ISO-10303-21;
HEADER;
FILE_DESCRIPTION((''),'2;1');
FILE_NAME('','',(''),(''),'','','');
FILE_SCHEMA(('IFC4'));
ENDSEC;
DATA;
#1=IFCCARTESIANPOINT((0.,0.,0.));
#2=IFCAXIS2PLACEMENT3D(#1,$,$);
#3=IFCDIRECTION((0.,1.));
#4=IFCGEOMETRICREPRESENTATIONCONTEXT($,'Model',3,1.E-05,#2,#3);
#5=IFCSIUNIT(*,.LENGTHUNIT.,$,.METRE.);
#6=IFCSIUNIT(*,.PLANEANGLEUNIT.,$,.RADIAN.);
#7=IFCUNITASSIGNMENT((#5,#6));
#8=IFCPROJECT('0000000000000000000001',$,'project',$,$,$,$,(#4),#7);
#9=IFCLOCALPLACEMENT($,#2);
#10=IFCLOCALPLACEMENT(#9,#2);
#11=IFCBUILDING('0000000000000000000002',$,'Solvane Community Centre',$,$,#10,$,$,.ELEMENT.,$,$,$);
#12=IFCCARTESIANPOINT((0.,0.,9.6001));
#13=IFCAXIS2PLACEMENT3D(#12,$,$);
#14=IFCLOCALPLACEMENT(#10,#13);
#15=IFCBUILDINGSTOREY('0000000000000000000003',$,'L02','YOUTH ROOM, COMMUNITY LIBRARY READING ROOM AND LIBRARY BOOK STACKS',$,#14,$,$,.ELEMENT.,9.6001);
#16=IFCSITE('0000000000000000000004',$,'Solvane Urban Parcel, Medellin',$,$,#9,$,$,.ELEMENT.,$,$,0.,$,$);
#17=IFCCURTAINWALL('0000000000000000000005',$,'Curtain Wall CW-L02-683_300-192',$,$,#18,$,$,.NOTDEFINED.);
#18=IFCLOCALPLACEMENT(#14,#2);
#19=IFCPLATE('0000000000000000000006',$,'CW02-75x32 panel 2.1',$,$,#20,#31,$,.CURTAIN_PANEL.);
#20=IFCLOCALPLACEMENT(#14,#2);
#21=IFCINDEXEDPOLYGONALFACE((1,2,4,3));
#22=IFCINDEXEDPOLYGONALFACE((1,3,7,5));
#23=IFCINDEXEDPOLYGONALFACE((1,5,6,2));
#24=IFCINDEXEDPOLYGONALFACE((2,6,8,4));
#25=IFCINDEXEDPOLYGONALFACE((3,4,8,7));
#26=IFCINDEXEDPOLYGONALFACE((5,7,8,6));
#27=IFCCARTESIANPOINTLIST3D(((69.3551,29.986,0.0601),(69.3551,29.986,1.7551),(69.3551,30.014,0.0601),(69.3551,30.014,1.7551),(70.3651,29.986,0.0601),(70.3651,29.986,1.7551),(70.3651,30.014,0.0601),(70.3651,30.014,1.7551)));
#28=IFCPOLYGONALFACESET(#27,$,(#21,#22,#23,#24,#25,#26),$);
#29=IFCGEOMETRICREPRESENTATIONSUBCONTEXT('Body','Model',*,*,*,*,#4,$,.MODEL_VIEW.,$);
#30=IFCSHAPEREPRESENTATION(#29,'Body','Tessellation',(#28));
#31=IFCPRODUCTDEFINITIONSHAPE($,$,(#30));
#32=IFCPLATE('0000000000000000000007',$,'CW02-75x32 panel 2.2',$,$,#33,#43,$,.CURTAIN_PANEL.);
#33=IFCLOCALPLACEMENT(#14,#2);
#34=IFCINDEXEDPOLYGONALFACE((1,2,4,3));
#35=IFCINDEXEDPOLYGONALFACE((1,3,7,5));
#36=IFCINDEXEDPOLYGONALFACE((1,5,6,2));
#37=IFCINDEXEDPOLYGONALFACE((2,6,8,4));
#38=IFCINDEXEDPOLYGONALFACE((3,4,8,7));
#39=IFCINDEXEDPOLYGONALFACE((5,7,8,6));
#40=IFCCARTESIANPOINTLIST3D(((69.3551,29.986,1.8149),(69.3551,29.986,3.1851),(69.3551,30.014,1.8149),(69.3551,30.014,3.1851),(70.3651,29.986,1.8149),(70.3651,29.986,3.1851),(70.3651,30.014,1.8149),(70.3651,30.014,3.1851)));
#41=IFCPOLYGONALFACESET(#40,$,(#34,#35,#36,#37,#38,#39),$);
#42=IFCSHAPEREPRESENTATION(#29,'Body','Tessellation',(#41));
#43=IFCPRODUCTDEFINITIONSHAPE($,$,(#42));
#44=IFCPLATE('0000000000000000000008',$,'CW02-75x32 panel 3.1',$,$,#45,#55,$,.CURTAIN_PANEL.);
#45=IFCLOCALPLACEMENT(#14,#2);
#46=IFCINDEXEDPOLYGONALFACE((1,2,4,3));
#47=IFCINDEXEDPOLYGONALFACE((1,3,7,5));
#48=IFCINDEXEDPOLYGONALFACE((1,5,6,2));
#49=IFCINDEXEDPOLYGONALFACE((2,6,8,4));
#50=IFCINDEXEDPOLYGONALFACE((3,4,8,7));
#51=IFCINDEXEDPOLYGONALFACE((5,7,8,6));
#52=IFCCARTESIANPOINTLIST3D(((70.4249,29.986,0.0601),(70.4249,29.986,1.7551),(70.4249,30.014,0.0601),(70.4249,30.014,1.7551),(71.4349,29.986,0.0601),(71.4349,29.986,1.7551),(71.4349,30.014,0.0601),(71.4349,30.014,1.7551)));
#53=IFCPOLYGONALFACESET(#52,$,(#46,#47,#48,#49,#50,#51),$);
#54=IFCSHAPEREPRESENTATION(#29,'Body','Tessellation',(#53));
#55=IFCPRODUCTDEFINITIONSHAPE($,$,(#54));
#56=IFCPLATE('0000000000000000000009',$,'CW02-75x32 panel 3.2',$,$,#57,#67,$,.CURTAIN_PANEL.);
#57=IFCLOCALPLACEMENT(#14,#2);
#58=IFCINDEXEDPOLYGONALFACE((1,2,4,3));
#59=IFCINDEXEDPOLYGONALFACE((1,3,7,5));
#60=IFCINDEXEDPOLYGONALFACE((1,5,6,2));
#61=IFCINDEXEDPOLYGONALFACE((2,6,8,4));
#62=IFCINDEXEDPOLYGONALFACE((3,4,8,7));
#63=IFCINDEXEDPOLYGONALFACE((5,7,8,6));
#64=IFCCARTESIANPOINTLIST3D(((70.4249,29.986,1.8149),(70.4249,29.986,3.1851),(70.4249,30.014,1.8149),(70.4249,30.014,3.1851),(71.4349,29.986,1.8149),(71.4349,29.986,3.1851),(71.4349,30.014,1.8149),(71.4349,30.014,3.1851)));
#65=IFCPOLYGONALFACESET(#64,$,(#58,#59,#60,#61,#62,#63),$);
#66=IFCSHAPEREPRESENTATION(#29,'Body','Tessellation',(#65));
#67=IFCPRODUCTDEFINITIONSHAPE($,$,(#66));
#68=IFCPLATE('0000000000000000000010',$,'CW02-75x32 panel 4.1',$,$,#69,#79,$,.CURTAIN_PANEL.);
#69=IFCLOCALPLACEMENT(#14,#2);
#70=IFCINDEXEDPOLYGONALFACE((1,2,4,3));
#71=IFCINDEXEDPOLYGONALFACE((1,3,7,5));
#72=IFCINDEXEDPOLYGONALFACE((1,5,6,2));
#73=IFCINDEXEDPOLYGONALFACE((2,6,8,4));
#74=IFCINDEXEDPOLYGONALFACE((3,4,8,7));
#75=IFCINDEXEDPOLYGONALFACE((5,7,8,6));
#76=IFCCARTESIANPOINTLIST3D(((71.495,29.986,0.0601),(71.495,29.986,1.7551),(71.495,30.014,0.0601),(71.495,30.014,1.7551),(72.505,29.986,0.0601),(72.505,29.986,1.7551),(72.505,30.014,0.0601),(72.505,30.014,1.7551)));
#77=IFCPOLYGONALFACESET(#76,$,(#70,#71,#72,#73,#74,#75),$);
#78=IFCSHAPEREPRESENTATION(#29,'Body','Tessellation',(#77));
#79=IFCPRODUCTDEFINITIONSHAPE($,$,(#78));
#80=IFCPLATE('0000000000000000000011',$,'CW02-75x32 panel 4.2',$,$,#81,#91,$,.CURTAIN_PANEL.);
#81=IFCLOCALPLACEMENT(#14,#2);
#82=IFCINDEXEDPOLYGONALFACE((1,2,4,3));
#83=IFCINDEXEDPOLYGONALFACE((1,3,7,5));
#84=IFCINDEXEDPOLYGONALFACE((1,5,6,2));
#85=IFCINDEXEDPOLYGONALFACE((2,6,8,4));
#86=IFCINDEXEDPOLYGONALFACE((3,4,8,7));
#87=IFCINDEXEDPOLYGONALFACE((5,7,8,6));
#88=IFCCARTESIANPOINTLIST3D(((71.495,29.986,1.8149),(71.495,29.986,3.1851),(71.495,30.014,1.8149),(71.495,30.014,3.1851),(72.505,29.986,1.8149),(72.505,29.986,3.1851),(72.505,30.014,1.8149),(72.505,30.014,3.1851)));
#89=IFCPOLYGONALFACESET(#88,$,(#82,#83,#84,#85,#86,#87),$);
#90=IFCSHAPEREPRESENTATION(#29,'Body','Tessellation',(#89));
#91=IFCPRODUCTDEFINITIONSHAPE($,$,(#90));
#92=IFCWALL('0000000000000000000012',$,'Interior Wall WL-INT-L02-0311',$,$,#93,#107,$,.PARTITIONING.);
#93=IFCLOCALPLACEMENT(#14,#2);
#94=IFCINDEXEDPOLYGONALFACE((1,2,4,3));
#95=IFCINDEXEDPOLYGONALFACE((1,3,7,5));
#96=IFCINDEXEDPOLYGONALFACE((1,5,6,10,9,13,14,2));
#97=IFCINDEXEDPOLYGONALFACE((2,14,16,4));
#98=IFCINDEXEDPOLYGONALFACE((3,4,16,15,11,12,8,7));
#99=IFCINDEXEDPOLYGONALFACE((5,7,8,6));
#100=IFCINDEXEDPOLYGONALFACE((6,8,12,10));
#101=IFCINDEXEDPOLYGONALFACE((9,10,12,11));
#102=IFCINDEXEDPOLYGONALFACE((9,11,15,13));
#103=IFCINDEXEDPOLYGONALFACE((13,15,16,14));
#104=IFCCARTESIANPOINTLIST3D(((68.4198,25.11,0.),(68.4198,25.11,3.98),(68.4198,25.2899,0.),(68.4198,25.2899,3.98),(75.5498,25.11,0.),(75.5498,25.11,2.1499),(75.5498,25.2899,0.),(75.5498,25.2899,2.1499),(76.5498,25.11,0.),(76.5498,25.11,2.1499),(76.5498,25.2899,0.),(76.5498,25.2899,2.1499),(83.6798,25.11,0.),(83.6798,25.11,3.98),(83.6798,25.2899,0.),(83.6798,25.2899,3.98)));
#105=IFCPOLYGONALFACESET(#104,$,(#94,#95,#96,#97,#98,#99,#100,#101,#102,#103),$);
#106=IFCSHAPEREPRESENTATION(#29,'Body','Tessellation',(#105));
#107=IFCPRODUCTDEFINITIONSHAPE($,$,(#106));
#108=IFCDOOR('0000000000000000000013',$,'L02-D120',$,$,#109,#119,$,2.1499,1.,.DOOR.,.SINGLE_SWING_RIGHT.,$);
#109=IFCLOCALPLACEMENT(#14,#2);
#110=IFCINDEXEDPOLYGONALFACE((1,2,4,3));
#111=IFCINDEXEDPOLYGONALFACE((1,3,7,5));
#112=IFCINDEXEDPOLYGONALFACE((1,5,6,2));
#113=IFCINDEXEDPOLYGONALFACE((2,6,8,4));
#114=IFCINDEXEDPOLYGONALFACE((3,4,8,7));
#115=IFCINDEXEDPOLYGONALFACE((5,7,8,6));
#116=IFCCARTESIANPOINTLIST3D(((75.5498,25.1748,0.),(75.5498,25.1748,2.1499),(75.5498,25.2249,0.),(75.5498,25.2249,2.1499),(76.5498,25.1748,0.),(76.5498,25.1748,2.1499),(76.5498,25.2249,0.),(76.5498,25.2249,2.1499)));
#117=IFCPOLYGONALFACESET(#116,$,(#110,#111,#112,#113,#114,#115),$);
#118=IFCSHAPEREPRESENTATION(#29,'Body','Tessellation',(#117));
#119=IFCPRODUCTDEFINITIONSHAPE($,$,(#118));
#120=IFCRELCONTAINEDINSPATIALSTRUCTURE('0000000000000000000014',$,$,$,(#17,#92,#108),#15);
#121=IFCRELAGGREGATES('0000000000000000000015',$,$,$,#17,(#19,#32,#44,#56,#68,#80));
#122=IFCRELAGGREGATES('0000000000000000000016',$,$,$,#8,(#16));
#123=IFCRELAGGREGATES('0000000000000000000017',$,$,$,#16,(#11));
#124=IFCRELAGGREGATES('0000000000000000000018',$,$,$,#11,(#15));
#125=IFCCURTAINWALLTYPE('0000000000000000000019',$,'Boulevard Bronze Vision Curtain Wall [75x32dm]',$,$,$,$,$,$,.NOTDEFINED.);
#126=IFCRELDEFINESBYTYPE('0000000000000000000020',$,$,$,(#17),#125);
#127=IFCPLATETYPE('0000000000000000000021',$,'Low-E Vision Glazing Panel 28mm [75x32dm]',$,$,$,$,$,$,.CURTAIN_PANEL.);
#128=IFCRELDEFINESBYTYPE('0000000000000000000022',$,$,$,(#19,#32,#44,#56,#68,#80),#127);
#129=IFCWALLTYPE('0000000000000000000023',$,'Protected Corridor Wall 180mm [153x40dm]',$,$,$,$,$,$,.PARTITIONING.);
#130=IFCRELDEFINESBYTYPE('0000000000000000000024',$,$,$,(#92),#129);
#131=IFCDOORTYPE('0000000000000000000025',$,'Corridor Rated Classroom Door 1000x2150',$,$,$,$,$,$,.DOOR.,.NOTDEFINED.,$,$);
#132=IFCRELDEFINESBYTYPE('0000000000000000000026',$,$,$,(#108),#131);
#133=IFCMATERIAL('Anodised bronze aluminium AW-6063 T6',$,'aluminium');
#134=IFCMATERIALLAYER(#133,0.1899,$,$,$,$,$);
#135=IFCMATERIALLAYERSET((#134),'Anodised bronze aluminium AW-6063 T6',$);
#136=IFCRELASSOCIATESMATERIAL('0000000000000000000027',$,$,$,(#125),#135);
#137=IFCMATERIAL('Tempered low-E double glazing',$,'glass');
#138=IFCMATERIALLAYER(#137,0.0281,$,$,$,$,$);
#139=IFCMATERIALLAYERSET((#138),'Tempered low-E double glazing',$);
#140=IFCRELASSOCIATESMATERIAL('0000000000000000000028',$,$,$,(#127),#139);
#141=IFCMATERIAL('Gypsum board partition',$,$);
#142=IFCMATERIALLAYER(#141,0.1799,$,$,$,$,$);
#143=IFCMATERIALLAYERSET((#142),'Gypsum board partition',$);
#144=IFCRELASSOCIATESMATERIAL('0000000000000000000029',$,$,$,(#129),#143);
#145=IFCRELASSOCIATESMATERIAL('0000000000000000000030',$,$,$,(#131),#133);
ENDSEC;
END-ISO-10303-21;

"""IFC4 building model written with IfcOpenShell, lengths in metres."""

from ifc_helpers import new_model, si_unit, direction, frame, frame_2d, origin, origin_2d, place, context, subcontext, project, spatial, rectangle, extrude, material, layer, layer_set, type_object, element, fill, aggregate, save


model = new_model("IFC4")

# Units and contexts
model_context = context("Model", 3, precision=1e-05, world=origin(), true_north=direction((0.0, 1.0)))
body_context = subcontext(model_context, "Body", "Model", "MODEL_VIEW")
ifc_project = project(units=[si_unit("LENGTHUNIT", "METRE"), si_unit("PLANEANGLEUNIT", "RADIAN")], contexts=[model_context])

# Site, building, storey
site_placement = place(None, origin())
site = spatial("IfcSite", under=ifc_project, at=site_placement, Name="Solvane Urban Parcel, Medellin", CompositionType="ELEMENT", RefElevation=0.0)
building_placement = place(site_placement, origin())
building = spatial("IfcBuilding", under=site, at=building_placement, Name="Solvane Community Centre", CompositionType="ELEMENT")
storey_placement = place(building_placement, frame((0.0, 0.0, 9.6001)))
storey = spatial("IfcBuildingStorey", under=building, at=storey_placement, Name="L02", Description="YOUTH ROOM, COMMUNITY LIBRARY READING ROOM AND LIBRARY BOOK STACKS", CompositionType="ELEMENT", Elevation=9.6001)

# Curtain wall, plates
ifc_material_1 = material(Name="Anodised bronze aluminium AW-6063 T6", Category="aluminium")
ifc_layer_1 = layer(ifc_material_1, 0.1899)
ifc_layer_set_1 = layer_set([ifc_layer_1], Name="Anodised bronze aluminium AW-6063 T6")
curtain_wall_type = type_object("IfcCurtainWallType", Name="Boulevard Bronze Vision Curtain Wall [75x32dm]", PredefinedType="NOTDEFINED", material=ifc_layer_set_1)
curtain_wall_placement = place(storey_placement, origin())
curtain_wall = element("IfcCurtainWall", 1, at=curtain_wall_placement, inside=storey, type_object=curtain_wall_type, Name="Curtain Wall CW-L02-683_300-192", PredefinedType="NOTDEFINED")
ifc_material_2 = material(Name="Tempered low-E double glazing", Category="glass")
ifc_layer_2 = layer(ifc_material_2, 0.0281)
ifc_layer_set_2 = layer_set([ifc_layer_2], Name="Tempered low-E double glazing")
plate_type = type_object("IfcPlateType", Name="Low-E Vision Glazing Panel 28mm [75x32dm]", PredefinedType="CURTAIN_PANEL", material=ifc_layer_set_2)
plate_1_placement = place(storey_placement, frame((69.8601, 30.0, 0.0601), z_axis=(0.0, 0.0, 1.0), x_axis=(1.0, 0.0, 0.0)))
plate_1 = element("IfcPlate", 2, at=plate_1_placement, type_object=plate_type, Name="CW02-75x32 panel 2.1", PredefinedType="CURTAIN_PANEL", context=body_context, shape_type="SweptSolid", body=[
    extrude(rectangle(XDim=1.01, YDim=0.0281, at=origin_2d()), origin(), (0.0, 0.0, 1.0), 1.6951),
])
plate_2_placement = place(storey_placement, frame((69.8601, 30.0, 1.8149), z_axis=(0.0, 0.0, 1.0), x_axis=(1.0, 0.0, 0.0)))
plate_2 = element("IfcPlate", 3, at=plate_2_placement, type_object=plate_type, Name="CW02-75x32 panel 2.2", PredefinedType="CURTAIN_PANEL", context=body_context, shape_type="SweptSolid", body=[
    extrude(rectangle(XDim=1.01, YDim=0.0281, at=origin_2d()), origin(), (0.0, 0.0, 1.0), 1.3701),
])
plate_3_placement = place(storey_placement, frame((70.9299, 30.0, 0.0601), z_axis=(0.0, 0.0, 1.0), x_axis=(1.0, 0.0, 0.0)))
plate_3 = element("IfcPlate", 4, at=plate_3_placement, type_object=plate_type, Name="CW02-75x32 panel 3.1", PredefinedType="CURTAIN_PANEL", context=body_context, shape_type="SweptSolid", body=[
    extrude(rectangle(XDim=1.01, YDim=0.0281, at=origin_2d()), origin(), (0.0, 0.0, 1.0), 1.6951),
])
plate_4_placement = place(storey_placement, frame((70.9299, 30.0, 1.8149), z_axis=(0.0, 0.0, 1.0), x_axis=(1.0, 0.0, 0.0)))
plate_4 = element("IfcPlate", 5, at=plate_4_placement, type_object=plate_type, Name="CW02-75x32 panel 3.2", PredefinedType="CURTAIN_PANEL", context=body_context, shape_type="SweptSolid", body=[
    extrude(rectangle(XDim=1.01, YDim=0.0281, at=origin_2d()), origin(), (0.0, 0.0, 1.0), 1.3701),
])
plate_5_placement = place(storey_placement, frame((72.0, 30.0, 0.0601), z_axis=(0.0, 0.0, 1.0), x_axis=(1.0, 0.0, 0.0)))
plate_5 = element("IfcPlate", 6, at=plate_5_placement, type_object=plate_type, Name="CW02-75x32 panel 4.1", PredefinedType="CURTAIN_PANEL", context=body_context, shape_type="SweptSolid", body=[
    extrude(rectangle(XDim=1.01, YDim=0.0281, at=origin_2d()), origin(), (0.0, 0.0, 1.0), 1.6951),
])
plate_6_placement = place(storey_placement, frame((72.0, 30.0, 1.8149), z_axis=(0.0, 0.0, 1.0), x_axis=(1.0, 0.0, 0.0)))
plate_6 = element("IfcPlate", 7, at=plate_6_placement, type_object=plate_type, Name="CW02-75x32 panel 4.2", PredefinedType="CURTAIN_PANEL", context=body_context, shape_type="SweptSolid", body=[
    extrude(rectangle(XDim=1.01, YDim=0.0281, at=origin_2d()), origin(), (0.0, 0.0, 1.0), 1.3701),
])
aggregate(curtain_wall, [plate_1, plate_2, plate_3, plate_4, plate_5, plate_6])

# Wall, opening, door
ifc_material_3 = material(Name="Gypsum board partition")
ifc_layer_3 = layer(ifc_material_3, 0.1799)
ifc_layer_set_3 = layer_set([ifc_layer_3], Name="Gypsum board partition")
wall_type = type_object("IfcWallType", Name="Protected Corridor Wall 180mm [153x40dm]", PredefinedType="PARTITIONING", material=ifc_layer_set_3)
wall_placement = place(storey_placement, frame((68.4199, 25.2, 0.0), z_axis=(0.0, 0.0, 1.0), x_axis=(1.0, 0.0, 0.0)))
wall = element("IfcWall", 8, at=wall_placement, inside=storey, type_object=wall_type, Name="Interior Wall WL-INT-L02-0311", PredefinedType="PARTITIONING", context=body_context, shape_type="SweptSolid", body=[
    extrude(rectangle(XDim=15.26, YDim=0.1799, at=frame_2d((7.6299, 0.0))), origin(), (0.0, 0.0, 1.0), 3.98),
])
opening_placement = place(wall_placement, frame((7.1299, 0.0, 0.0)))
opening = element("IfcOpeningElement", 9, at=opening_placement, cuts=wall, PredefinedType="OPENING", context=body_context, shape_type="SweptSolid", body=[
    extrude(rectangle(XDim=1.0, YDim=2.1499, at=frame_2d((0.5, 1.075))), frame((0.0, 0.0999, 0.0), z_axis=(0.0, -1.0, 0.0), x_axis=(1.0, 0.0, 0.0)), (0.0, 0.0, 1.0), 0.2),
])
door_type = type_object("IfcDoorType", Name="Corridor Rated Classroom Door 1000x2150", OperationType="NOTDEFINED", PredefinedType="DOOR", material=ifc_material_1)
door_placement = place(opening_placement, origin())
door = element("IfcDoor", 10, at=door_placement, inside=storey, type_object=door_type, Name="L02-D120", OperationType="SINGLE_SWING_RIGHT", OverallHeight=2.1499, OverallWidth=1.0, PredefinedType="DOOR", context=body_context, shape_type="SweptSolid", body=[
    extrude(rectangle(XDim=1.0, YDim=2.1499, at=frame_2d((0.5, 1.075))), frame((0.0, 0.0249, 0.0), z_axis=(0.0, -1.0, 0.0), x_axis=(1.0, 0.0, 0.0)), (0.0, 0.0, 1.0), 0.05),
])
fill(opening, door)

save(model, "model.ifc")
